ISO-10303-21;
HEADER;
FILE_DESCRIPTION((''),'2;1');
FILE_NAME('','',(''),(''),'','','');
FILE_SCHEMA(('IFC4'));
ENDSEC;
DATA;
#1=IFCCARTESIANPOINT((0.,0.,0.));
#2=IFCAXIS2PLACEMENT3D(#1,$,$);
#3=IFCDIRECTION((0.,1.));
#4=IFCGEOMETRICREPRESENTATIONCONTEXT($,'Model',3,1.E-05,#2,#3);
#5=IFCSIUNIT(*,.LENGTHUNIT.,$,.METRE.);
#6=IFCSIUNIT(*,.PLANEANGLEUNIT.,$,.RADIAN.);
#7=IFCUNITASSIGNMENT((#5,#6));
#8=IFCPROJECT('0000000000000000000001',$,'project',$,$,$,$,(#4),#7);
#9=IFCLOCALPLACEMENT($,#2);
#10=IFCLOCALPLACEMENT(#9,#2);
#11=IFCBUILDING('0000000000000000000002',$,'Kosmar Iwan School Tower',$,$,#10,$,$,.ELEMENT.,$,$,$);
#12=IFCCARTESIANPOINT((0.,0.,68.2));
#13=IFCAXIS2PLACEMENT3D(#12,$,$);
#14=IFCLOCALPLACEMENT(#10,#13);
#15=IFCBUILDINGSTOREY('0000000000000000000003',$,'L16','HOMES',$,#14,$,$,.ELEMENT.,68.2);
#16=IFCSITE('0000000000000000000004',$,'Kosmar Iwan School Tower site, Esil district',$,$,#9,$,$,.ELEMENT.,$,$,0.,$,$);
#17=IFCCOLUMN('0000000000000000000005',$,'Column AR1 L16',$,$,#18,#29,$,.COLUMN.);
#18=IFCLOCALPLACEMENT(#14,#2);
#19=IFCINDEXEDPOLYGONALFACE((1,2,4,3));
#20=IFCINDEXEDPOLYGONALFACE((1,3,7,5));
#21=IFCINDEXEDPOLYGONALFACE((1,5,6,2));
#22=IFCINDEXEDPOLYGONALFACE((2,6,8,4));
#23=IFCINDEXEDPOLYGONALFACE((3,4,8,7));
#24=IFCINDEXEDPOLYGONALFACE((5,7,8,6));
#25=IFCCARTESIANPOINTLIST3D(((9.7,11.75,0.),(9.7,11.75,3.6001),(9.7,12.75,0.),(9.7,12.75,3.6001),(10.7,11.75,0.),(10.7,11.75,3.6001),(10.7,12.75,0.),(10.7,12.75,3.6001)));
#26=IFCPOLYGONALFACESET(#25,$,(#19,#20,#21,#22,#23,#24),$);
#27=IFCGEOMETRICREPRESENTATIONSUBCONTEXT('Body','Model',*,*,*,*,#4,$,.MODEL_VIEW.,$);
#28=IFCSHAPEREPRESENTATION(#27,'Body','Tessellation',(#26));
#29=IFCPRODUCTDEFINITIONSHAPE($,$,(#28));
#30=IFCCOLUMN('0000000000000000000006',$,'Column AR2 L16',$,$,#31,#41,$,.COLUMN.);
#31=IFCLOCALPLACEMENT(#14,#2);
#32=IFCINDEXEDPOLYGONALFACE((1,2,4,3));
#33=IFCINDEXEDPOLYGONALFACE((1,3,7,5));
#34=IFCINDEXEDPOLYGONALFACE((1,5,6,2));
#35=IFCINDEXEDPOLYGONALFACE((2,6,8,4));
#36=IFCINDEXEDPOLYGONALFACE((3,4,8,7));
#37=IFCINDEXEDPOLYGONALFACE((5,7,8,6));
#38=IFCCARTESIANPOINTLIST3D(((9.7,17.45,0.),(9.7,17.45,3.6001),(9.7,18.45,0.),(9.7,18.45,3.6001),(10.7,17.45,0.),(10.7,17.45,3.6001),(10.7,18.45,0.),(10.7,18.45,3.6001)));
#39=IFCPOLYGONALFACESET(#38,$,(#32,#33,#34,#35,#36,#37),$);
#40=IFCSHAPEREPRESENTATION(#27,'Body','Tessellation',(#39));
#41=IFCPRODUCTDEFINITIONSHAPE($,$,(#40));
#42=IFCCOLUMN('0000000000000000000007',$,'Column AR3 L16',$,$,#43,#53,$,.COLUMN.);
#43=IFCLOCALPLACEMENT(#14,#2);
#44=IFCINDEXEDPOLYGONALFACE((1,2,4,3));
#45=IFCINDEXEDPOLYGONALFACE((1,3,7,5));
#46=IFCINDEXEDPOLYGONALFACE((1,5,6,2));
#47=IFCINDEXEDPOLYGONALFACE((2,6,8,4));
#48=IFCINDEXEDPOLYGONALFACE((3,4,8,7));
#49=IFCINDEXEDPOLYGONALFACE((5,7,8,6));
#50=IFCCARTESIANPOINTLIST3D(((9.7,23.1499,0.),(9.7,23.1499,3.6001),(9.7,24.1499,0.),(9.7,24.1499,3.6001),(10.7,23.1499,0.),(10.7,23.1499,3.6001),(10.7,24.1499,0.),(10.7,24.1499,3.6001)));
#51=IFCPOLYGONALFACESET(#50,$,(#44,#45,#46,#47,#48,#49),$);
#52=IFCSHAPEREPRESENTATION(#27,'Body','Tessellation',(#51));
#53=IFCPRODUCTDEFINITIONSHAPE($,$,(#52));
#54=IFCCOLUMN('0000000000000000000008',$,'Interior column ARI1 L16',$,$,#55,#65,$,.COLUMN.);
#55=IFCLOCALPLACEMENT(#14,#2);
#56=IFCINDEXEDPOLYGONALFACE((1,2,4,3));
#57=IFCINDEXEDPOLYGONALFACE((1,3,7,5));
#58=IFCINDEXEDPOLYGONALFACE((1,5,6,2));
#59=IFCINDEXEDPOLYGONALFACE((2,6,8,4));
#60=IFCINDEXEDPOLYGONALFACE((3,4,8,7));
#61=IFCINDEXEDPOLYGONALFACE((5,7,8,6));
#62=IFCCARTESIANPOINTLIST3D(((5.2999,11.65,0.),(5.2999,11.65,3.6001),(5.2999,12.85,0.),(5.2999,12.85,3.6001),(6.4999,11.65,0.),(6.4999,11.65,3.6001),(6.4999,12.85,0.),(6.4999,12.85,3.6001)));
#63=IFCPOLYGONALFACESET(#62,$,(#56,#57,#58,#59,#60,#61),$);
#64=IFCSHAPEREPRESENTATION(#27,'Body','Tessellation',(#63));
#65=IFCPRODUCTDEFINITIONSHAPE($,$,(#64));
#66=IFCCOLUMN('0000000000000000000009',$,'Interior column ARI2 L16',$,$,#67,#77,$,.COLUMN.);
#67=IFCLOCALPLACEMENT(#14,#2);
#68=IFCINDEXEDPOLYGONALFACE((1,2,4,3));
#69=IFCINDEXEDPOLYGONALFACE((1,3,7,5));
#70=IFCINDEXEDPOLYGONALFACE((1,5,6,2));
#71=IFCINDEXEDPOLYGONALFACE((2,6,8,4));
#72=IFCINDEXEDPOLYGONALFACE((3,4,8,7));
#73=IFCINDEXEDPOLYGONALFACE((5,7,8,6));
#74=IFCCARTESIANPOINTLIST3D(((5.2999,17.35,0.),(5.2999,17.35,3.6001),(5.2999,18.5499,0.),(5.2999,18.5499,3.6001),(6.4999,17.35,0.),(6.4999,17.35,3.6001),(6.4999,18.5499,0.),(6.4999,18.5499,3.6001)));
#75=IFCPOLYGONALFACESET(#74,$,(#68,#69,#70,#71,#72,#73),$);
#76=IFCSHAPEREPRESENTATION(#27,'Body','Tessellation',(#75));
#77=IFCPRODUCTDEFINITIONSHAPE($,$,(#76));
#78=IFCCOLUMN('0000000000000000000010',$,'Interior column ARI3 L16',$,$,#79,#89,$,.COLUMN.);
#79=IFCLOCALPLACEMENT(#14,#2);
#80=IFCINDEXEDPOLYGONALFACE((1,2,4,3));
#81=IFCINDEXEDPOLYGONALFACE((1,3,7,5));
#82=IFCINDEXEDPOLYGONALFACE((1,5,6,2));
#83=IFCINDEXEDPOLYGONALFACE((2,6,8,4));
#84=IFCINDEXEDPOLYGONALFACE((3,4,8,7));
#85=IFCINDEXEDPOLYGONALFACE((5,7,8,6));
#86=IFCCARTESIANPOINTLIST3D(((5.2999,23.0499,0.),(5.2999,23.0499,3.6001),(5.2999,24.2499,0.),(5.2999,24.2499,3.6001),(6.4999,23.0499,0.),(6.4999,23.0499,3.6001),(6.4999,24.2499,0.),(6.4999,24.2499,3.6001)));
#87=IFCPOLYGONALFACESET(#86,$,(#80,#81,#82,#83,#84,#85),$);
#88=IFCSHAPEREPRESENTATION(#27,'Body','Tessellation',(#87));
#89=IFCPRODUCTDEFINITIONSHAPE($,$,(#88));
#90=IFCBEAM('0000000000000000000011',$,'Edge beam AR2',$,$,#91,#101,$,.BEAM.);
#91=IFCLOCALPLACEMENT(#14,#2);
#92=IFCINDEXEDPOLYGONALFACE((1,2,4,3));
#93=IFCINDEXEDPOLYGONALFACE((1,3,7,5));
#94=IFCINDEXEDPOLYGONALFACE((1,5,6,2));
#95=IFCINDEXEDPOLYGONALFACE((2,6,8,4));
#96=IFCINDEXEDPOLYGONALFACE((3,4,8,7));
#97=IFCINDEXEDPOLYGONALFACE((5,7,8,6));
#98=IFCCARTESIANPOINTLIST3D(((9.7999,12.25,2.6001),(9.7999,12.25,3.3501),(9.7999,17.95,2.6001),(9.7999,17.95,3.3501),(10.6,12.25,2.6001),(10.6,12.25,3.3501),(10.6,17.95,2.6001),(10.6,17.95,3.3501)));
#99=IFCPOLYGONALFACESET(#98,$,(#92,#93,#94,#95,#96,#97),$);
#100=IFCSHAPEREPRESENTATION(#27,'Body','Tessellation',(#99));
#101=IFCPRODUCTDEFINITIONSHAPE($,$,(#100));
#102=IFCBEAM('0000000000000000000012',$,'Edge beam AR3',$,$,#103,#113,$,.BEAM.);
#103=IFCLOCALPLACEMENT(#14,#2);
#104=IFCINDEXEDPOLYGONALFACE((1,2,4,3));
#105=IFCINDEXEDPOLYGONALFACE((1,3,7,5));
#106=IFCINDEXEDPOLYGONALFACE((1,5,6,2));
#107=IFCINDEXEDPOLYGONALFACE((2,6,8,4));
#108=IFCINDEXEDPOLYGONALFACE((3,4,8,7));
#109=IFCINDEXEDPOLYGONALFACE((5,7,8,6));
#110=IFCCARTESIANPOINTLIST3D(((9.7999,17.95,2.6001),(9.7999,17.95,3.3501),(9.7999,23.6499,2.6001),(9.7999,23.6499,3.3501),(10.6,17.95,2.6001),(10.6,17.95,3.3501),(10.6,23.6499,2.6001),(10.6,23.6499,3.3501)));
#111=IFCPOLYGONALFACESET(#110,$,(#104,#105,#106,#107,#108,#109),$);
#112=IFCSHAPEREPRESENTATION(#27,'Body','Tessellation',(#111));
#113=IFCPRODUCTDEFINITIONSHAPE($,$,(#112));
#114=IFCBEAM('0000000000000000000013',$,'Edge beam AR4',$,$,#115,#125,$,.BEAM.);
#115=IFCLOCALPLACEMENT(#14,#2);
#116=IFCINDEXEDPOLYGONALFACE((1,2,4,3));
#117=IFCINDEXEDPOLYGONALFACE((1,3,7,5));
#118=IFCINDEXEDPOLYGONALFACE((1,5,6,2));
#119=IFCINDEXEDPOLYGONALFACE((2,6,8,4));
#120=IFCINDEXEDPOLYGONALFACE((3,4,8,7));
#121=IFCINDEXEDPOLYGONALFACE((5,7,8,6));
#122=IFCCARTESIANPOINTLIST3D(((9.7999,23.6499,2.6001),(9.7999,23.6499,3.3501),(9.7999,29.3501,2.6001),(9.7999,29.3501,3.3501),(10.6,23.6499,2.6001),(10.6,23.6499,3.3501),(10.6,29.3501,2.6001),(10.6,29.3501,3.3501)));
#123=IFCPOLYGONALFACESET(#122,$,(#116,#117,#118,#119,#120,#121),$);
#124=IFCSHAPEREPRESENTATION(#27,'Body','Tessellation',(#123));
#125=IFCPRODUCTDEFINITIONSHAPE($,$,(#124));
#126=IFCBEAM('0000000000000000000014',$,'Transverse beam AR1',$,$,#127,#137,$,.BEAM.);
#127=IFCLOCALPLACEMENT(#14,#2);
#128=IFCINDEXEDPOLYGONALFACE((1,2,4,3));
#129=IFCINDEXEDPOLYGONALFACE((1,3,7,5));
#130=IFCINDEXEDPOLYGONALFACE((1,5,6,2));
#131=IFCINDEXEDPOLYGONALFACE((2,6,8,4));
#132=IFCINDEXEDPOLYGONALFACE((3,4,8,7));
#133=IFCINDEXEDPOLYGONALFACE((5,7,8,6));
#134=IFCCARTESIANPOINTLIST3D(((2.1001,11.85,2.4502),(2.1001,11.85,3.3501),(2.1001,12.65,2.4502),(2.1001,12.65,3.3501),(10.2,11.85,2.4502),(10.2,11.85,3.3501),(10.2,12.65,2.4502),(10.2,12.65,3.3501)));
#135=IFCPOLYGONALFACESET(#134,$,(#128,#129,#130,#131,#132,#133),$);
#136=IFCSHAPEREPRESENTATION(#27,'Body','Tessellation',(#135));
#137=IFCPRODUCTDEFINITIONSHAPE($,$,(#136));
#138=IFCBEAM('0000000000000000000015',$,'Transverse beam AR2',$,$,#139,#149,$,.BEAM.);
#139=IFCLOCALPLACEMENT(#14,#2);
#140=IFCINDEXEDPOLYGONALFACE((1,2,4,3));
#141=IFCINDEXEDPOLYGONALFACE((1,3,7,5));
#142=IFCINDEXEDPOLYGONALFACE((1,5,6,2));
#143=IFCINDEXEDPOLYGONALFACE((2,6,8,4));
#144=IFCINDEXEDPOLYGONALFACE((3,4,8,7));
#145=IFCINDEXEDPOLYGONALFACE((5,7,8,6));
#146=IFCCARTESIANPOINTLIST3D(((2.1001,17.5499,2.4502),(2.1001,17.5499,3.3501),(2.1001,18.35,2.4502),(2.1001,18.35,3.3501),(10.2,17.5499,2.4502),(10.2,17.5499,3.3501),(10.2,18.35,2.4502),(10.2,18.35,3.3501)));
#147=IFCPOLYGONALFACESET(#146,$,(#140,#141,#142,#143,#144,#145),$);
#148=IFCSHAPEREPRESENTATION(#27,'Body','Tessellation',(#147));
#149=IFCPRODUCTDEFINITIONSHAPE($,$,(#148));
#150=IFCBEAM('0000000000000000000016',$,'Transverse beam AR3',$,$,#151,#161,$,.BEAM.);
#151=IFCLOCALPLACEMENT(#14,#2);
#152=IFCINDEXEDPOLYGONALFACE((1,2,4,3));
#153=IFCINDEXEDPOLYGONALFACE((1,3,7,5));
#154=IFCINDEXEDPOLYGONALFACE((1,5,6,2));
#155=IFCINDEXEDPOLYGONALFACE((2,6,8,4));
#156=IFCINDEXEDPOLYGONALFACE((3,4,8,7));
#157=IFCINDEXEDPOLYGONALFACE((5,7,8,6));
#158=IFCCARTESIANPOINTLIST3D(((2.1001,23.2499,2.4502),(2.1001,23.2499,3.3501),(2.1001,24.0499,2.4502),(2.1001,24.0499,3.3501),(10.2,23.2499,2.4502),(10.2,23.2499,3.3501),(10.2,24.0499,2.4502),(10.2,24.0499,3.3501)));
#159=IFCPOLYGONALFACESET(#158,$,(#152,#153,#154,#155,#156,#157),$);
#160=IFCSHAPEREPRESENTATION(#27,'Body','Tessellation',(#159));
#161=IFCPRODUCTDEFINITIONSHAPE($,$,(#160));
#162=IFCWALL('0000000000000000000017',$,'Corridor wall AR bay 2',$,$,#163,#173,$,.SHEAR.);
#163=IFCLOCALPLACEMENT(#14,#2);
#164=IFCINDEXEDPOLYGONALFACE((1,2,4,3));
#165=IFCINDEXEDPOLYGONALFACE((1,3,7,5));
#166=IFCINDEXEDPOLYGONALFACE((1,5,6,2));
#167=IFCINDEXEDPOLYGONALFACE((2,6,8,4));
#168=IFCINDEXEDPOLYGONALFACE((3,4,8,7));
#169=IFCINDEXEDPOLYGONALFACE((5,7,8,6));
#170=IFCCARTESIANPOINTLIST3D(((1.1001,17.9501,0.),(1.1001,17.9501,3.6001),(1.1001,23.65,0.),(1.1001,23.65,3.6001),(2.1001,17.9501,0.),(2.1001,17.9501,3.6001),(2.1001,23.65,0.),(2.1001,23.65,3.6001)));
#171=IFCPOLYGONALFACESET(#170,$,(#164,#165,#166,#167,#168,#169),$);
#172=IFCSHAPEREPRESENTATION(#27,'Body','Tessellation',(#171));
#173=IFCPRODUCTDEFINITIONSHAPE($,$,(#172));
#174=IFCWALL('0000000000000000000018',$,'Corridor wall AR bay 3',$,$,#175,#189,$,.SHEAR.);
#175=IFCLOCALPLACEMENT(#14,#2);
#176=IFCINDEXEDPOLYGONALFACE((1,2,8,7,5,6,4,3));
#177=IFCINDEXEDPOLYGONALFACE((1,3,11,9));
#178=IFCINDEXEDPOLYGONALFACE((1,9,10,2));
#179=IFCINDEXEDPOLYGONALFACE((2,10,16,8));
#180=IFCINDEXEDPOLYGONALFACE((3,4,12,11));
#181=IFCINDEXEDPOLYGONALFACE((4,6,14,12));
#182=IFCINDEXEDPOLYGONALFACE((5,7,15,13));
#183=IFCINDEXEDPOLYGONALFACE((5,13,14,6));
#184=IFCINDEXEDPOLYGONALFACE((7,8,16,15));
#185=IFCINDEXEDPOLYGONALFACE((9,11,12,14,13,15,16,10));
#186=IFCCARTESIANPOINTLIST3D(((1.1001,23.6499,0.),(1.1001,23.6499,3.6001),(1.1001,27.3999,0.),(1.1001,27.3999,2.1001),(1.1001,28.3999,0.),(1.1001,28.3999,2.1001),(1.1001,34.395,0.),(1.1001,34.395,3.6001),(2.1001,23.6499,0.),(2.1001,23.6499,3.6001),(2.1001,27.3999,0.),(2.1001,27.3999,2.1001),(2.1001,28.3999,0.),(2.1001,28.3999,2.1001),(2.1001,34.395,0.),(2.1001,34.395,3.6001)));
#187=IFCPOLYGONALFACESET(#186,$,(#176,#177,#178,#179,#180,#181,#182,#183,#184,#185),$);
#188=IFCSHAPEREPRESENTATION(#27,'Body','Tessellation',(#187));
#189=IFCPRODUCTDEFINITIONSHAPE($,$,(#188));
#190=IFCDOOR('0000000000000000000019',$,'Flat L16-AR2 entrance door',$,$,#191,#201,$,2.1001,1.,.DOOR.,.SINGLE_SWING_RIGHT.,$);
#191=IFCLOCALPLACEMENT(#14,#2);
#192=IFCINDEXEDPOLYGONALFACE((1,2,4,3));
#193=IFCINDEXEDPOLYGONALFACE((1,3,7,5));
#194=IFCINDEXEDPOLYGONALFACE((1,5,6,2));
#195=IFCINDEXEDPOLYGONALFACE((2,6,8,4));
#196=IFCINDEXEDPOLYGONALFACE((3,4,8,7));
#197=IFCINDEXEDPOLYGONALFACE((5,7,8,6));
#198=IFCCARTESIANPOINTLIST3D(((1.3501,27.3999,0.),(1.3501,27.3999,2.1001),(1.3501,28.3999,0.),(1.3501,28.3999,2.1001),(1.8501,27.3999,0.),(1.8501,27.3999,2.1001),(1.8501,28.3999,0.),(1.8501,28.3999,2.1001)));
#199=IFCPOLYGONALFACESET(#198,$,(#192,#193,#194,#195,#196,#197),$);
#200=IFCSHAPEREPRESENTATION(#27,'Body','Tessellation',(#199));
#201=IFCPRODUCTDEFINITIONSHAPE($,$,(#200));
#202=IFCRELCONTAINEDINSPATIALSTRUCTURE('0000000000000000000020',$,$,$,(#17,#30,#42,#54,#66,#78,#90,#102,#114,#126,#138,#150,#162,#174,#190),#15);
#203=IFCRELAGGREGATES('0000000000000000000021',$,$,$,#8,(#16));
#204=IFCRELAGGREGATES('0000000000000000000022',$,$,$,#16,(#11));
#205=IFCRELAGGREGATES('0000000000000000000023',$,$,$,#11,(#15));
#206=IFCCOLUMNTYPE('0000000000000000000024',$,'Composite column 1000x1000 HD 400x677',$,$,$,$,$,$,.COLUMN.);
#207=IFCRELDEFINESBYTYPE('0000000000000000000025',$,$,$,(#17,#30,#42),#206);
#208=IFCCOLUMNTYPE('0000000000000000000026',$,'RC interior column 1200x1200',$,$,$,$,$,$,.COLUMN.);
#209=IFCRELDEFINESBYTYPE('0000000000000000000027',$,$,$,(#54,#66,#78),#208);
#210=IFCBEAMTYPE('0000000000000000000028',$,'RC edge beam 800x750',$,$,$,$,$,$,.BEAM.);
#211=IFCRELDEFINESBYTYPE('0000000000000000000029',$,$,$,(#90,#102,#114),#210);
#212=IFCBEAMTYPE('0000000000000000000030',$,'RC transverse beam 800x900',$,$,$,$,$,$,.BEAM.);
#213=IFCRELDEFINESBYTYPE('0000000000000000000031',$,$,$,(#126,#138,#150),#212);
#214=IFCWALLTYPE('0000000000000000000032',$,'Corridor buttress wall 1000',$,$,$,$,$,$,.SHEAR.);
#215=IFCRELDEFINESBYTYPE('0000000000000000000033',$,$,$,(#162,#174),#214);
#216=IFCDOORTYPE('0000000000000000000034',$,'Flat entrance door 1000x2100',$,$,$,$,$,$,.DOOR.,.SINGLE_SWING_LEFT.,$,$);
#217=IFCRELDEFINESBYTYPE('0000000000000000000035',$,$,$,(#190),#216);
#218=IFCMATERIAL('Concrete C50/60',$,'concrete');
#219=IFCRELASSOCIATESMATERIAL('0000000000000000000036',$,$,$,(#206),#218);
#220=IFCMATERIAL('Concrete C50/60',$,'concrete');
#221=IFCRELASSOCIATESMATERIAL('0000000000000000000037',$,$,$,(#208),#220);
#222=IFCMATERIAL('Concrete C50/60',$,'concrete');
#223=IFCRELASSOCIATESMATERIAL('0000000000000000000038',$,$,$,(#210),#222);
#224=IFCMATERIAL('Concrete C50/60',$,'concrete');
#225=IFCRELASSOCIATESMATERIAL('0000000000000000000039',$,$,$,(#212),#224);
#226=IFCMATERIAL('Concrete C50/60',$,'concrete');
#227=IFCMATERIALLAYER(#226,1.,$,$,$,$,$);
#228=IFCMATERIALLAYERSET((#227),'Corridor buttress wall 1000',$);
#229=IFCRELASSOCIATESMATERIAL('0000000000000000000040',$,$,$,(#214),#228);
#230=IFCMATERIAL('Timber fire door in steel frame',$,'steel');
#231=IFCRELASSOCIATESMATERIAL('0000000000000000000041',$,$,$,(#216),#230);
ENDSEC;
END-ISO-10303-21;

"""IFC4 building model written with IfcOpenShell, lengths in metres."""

from ifc_helpers import new_model, si_unit, direction, frame, frame_2d, origin, origin_2d, place, context, subcontext, project, spatial, rectangle, extrude, material, layer, layer_set, material_profile, profile_set, type_object, element, fill, save


model = new_model("IFC4")

# Units and contexts
model_context = context("Model", 3, precision=1e-05, world=origin(), true_north=direction((0.0, 1.0)))
body_context = subcontext(model_context, "Body", "Model", "MODEL_VIEW")
ifc_project = project(units=[si_unit("LENGTHUNIT", "METRE"), si_unit("PLANEANGLEUNIT", "RADIAN")], contexts=[model_context])

# Site, building, storey
site_placement = place(None, origin())
site = spatial("IfcSite", under=ifc_project, at=site_placement, Name="Kosmar Iwan School Tower site, Esil district", CompositionType="ELEMENT", RefElevation=0.0)
building_placement = place(site_placement, origin())
building = spatial("IfcBuilding", under=site, at=building_placement, Name="Kosmar Iwan School Tower", CompositionType="ELEMENT")
storey_placement = place(building_placement, frame((0.0, 0.0, 68.2)))
storey = spatial("IfcBuildingStorey", under=building, at=storey_placement, Name="L16", Description="HOMES", CompositionType="ELEMENT", Elevation=68.2)

# Columns
ifc_material_1 = material(Name="Concrete C50/60", Category="concrete")
ifc_material_profile_1 = material_profile(ifc_material_1, rectangle(XDim=1.0, YDim=1.0, at=origin_2d()), Name="RC 1000x1000 + HD 400x677")
ifc_profile_set_1 = profile_set([ifc_material_profile_1], Name="Concrete C50/60")
column_type_1 = type_object("IfcColumnType", Name="Composite column 1000x1000 HD 400x677", PredefinedType="COLUMN", material=ifc_profile_set_1)
for number, where, z_axis, x_axis, name in (
    (1, (10.2, 12.25, 0.0), (0.0, 0.0, 1.0), (0.0, 1.0, 0.0), "Column AR1 L16"),
    (2, (10.2, 17.95, 0.0), (0.0, 0.0, 1.0), (0.0, 1.0, 0.0), "Column AR2 L16"),
    (3, (10.2, 23.6499, 0.0), (0.0, 0.0, 1.0), (0.0, 1.0, 0.0), "Column AR3 L16"),
):
    element("IfcColumn", number, at=place(storey_placement, frame(where, z_axis=z_axis, x_axis=x_axis)), inside=storey, type_object=column_type_1, Name=name, PredefinedType="COLUMN", context=body_context, shape_type="SweptSolid", body=[
        extrude(rectangle(XDim=1.0, YDim=1.0, at=origin_2d()), origin(), (0.0, 0.0, 1.0), 3.6001),
    ])
ifc_material_2 = material(Name="Concrete C50/60", Category="concrete")
ifc_material_profile_2 = material_profile(ifc_material_2, rectangle(XDim=1.2, YDim=1.2, at=origin_2d()), Name="RC 1200x1200")
ifc_profile_set_2 = profile_set([ifc_material_profile_2], Name="Concrete C50/60")
column_type_2 = type_object("IfcColumnType", Name="RC interior column 1200x1200", PredefinedType="COLUMN", material=ifc_profile_set_2)
for number, where, z_axis, x_axis, name in (
    (4, (5.8999, 12.25, 0.0), (0.0, 0.0, 1.0), (0.0, 1.0, 0.0), "Interior column ARI1 L16"),
    (5, (5.8999, 17.95, 0.0), (0.0, 0.0, 1.0), (0.0, 1.0, 0.0), "Interior column ARI2 L16"),
    (6, (5.8999, 23.6499, 0.0), (0.0, 0.0, 1.0), (0.0, 1.0, 0.0), "Interior column ARI3 L16"),
):
    element("IfcColumn", number, at=place(storey_placement, frame(where, z_axis=z_axis, x_axis=x_axis)), inside=storey, type_object=column_type_2, Name=name, PredefinedType="COLUMN", context=body_context, shape_type="SweptSolid", body=[
        extrude(rectangle(XDim=1.2, YDim=1.2, at=origin_2d()), origin(), (0.0, 0.0, 1.0), 3.6001),
    ])

# Beams
ifc_material_3 = material(Name="Concrete C50/60", Category="concrete")
ifc_material_profile_3 = material_profile(ifc_material_3, rectangle(XDim=0.8, YDim=0.75, at=origin_2d()), Name="RC 800x750")
ifc_profile_set_3 = profile_set([ifc_material_profile_3], Name="Concrete C50/60")
beam_type_1 = type_object("IfcBeamType", Name="RC edge beam 800x750", PredefinedType="BEAM", material=ifc_profile_set_3)
for number, where, z_axis, x_axis, name in (
    (7, (10.2, 12.25, 2.9751), (0.0, 1.0, 0.0), (-1.0, 0.0, 0.0), "Edge beam AR2"),
    (8, (10.2, 17.95, 2.9751), (0.0, 1.0, 0.0), (-1.0, 0.0, 0.0), "Edge beam AR3"),
):
    element("IfcBeam", number, at=place(storey_placement, frame(where, z_axis=z_axis, x_axis=x_axis)), inside=storey, type_object=beam_type_1, Name=name, PredefinedType="BEAM", context=body_context, shape_type="SweptSolid", body=[
        extrude(rectangle(XDim=0.8, YDim=0.75, at=origin_2d()), origin(), (0.0, 0.0, 1.0), 5.7),
    ])
beam_placement = place(storey_placement, frame((10.2, 23.6499, 2.9751), z_axis=(0.0, 1.0, 0.0), x_axis=(-1.0, 0.0, 0.0)))
element("IfcBeam", 9, at=beam_placement, inside=storey, type_object=beam_type_1, Name="Edge beam AR4", PredefinedType="BEAM", context=body_context, shape_type="SweptSolid", body=[
    extrude(rectangle(XDim=0.8, YDim=0.75, at=origin_2d()), origin(), (0.0, 0.0, 1.0), 5.7002),
])
ifc_material_4 = material(Name="Concrete C50/60", Category="concrete")
ifc_material_profile_4 = material_profile(ifc_material_4, rectangle(XDim=0.8, YDim=0.8999, at=origin_2d()), Name="RC 800x900")
ifc_profile_set_4 = profile_set([ifc_material_profile_4], Name="Concrete C50/60")
beam_type_2 = type_object("IfcBeamType", Name="RC transverse beam 800x900", PredefinedType="BEAM", material=ifc_profile_set_4)
for number, where, z_axis, x_axis, name in (
    (10, (10.2, 12.25, 2.9001), (-1.0, 0.0, 0.0), (0.0, -1.0, 0.0), "Transverse beam AR1"),
    (11, (10.2, 17.95, 2.9001), (-1.0, 0.0, 0.0), (0.0, -1.0, 0.0), "Transverse beam AR2"),
    (12, (10.2, 23.6499, 2.9001), (-1.0, 0.0, 0.0), (0.0, -1.0, 0.0), "Transverse beam AR3"),
):
    element("IfcBeam", number, at=place(storey_placement, frame(where, z_axis=z_axis, x_axis=x_axis)), inside=storey, type_object=beam_type_2, Name=name, PredefinedType="BEAM", context=body_context, shape_type="SweptSolid", body=[
        extrude(rectangle(XDim=0.8, YDim=0.8999, at=origin_2d()), origin(), (0.0, 0.0, 1.0), 8.0999),
    ])

# Wall
ifc_material_5 = material(Name="Concrete C50/60", Category="concrete")
ifc_layer_1 = layer(ifc_material_5, 1.0)
ifc_layer_set_1 = layer_set([ifc_layer_1], Name="Corridor buttress wall 1000")
wall_type_1 = type_object("IfcWallType", Name="Corridor buttress wall 1000", PredefinedType="SHEAR", material=ifc_layer_set_1)
wall_1_placement = place(storey_placement, frame((1.6001, 17.95, 0.0), z_axis=(0.0, 0.0, 1.0), x_axis=(0.0, 1.0, 0.0)))
element("IfcWall", 13, at=wall_1_placement, inside=storey, type_object=wall_type_1, Name="Corridor wall AR bay 2", PredefinedType="SHEAR", context=body_context, shape_type="SweptSolid", body=[
    extrude(rectangle(XDim=5.7, YDim=1.0, at=frame_2d((2.8501, 0.0))), origin(), (0.0, 0.0, 1.0), 3.6001),
])

# Wall, opening, door
wall_2_placement = place(storey_placement, frame((1.6001, 23.6499, 0.0), z_axis=(0.0, 0.0, 1.0), x_axis=(0.0, 1.0, 0.0)))
wall_2 = element("IfcWall", 14, at=wall_2_placement, inside=storey, type_object=wall_type_1, Name="Corridor wall AR bay 3", PredefinedType="SHEAR", context=body_context, shape_type="SweptSolid", body=[
    extrude(rectangle(XDim=10.7451, YDim=1.0, at=frame_2d((5.3726, 0.0))), origin(), (0.0, 0.0, 1.0), 3.6001),
])
opening_1_placement = place(wall_2_placement, frame((3.75, 0.0, 0.0)))
opening_1 = element("IfcOpeningElement", 15, at=opening_1_placement, cuts=wall_2, PredefinedType="OPENING", context=body_context, shape_type="SweptSolid", body=[
    extrude(rectangle(XDim=1.0, YDim=2.1001, at=frame_2d((0.5, 1.05))), frame((0.0, 0.512, 0.0), z_axis=(0.0, -1.0, 0.0), x_axis=(1.0, 0.0, 0.0)), (0.0, 0.0, 1.0), 1.0239),
])
ifc_material_6 = material(Name="Timber fire door in steel frame", Category="steel")
door_type_1 = type_object("IfcDoorType", Name="Flat entrance door 1000x2100", OperationType="SINGLE_SWING_LEFT", PredefinedType="DOOR", material=ifc_material_6)
door_1_placement = place(opening_1_placement, origin())
door_1 = element("IfcDoor", 16, at=door_1_placement, inside=storey, type_object=door_type_1, Name="Flat L16-AR2 entrance door", OperationType="SINGLE_SWING_RIGHT", OverallHeight=2.1001, OverallWidth=1.0, PredefinedType="DOOR", context=body_context, shape_type="SweptSolid", body=[
    extrude(rectangle(XDim=1.0, YDim=2.1001, at=frame_2d((0.5, 1.05))), frame((0.0, 0.25, 0.0), z_axis=(0.0, -1.0, 0.0), x_axis=(1.0, 0.0, 0.0)), (0.0, 0.0, 1.0), 0.5),
])
fill(opening_1, door_1)

save(model, "model.ifc")
